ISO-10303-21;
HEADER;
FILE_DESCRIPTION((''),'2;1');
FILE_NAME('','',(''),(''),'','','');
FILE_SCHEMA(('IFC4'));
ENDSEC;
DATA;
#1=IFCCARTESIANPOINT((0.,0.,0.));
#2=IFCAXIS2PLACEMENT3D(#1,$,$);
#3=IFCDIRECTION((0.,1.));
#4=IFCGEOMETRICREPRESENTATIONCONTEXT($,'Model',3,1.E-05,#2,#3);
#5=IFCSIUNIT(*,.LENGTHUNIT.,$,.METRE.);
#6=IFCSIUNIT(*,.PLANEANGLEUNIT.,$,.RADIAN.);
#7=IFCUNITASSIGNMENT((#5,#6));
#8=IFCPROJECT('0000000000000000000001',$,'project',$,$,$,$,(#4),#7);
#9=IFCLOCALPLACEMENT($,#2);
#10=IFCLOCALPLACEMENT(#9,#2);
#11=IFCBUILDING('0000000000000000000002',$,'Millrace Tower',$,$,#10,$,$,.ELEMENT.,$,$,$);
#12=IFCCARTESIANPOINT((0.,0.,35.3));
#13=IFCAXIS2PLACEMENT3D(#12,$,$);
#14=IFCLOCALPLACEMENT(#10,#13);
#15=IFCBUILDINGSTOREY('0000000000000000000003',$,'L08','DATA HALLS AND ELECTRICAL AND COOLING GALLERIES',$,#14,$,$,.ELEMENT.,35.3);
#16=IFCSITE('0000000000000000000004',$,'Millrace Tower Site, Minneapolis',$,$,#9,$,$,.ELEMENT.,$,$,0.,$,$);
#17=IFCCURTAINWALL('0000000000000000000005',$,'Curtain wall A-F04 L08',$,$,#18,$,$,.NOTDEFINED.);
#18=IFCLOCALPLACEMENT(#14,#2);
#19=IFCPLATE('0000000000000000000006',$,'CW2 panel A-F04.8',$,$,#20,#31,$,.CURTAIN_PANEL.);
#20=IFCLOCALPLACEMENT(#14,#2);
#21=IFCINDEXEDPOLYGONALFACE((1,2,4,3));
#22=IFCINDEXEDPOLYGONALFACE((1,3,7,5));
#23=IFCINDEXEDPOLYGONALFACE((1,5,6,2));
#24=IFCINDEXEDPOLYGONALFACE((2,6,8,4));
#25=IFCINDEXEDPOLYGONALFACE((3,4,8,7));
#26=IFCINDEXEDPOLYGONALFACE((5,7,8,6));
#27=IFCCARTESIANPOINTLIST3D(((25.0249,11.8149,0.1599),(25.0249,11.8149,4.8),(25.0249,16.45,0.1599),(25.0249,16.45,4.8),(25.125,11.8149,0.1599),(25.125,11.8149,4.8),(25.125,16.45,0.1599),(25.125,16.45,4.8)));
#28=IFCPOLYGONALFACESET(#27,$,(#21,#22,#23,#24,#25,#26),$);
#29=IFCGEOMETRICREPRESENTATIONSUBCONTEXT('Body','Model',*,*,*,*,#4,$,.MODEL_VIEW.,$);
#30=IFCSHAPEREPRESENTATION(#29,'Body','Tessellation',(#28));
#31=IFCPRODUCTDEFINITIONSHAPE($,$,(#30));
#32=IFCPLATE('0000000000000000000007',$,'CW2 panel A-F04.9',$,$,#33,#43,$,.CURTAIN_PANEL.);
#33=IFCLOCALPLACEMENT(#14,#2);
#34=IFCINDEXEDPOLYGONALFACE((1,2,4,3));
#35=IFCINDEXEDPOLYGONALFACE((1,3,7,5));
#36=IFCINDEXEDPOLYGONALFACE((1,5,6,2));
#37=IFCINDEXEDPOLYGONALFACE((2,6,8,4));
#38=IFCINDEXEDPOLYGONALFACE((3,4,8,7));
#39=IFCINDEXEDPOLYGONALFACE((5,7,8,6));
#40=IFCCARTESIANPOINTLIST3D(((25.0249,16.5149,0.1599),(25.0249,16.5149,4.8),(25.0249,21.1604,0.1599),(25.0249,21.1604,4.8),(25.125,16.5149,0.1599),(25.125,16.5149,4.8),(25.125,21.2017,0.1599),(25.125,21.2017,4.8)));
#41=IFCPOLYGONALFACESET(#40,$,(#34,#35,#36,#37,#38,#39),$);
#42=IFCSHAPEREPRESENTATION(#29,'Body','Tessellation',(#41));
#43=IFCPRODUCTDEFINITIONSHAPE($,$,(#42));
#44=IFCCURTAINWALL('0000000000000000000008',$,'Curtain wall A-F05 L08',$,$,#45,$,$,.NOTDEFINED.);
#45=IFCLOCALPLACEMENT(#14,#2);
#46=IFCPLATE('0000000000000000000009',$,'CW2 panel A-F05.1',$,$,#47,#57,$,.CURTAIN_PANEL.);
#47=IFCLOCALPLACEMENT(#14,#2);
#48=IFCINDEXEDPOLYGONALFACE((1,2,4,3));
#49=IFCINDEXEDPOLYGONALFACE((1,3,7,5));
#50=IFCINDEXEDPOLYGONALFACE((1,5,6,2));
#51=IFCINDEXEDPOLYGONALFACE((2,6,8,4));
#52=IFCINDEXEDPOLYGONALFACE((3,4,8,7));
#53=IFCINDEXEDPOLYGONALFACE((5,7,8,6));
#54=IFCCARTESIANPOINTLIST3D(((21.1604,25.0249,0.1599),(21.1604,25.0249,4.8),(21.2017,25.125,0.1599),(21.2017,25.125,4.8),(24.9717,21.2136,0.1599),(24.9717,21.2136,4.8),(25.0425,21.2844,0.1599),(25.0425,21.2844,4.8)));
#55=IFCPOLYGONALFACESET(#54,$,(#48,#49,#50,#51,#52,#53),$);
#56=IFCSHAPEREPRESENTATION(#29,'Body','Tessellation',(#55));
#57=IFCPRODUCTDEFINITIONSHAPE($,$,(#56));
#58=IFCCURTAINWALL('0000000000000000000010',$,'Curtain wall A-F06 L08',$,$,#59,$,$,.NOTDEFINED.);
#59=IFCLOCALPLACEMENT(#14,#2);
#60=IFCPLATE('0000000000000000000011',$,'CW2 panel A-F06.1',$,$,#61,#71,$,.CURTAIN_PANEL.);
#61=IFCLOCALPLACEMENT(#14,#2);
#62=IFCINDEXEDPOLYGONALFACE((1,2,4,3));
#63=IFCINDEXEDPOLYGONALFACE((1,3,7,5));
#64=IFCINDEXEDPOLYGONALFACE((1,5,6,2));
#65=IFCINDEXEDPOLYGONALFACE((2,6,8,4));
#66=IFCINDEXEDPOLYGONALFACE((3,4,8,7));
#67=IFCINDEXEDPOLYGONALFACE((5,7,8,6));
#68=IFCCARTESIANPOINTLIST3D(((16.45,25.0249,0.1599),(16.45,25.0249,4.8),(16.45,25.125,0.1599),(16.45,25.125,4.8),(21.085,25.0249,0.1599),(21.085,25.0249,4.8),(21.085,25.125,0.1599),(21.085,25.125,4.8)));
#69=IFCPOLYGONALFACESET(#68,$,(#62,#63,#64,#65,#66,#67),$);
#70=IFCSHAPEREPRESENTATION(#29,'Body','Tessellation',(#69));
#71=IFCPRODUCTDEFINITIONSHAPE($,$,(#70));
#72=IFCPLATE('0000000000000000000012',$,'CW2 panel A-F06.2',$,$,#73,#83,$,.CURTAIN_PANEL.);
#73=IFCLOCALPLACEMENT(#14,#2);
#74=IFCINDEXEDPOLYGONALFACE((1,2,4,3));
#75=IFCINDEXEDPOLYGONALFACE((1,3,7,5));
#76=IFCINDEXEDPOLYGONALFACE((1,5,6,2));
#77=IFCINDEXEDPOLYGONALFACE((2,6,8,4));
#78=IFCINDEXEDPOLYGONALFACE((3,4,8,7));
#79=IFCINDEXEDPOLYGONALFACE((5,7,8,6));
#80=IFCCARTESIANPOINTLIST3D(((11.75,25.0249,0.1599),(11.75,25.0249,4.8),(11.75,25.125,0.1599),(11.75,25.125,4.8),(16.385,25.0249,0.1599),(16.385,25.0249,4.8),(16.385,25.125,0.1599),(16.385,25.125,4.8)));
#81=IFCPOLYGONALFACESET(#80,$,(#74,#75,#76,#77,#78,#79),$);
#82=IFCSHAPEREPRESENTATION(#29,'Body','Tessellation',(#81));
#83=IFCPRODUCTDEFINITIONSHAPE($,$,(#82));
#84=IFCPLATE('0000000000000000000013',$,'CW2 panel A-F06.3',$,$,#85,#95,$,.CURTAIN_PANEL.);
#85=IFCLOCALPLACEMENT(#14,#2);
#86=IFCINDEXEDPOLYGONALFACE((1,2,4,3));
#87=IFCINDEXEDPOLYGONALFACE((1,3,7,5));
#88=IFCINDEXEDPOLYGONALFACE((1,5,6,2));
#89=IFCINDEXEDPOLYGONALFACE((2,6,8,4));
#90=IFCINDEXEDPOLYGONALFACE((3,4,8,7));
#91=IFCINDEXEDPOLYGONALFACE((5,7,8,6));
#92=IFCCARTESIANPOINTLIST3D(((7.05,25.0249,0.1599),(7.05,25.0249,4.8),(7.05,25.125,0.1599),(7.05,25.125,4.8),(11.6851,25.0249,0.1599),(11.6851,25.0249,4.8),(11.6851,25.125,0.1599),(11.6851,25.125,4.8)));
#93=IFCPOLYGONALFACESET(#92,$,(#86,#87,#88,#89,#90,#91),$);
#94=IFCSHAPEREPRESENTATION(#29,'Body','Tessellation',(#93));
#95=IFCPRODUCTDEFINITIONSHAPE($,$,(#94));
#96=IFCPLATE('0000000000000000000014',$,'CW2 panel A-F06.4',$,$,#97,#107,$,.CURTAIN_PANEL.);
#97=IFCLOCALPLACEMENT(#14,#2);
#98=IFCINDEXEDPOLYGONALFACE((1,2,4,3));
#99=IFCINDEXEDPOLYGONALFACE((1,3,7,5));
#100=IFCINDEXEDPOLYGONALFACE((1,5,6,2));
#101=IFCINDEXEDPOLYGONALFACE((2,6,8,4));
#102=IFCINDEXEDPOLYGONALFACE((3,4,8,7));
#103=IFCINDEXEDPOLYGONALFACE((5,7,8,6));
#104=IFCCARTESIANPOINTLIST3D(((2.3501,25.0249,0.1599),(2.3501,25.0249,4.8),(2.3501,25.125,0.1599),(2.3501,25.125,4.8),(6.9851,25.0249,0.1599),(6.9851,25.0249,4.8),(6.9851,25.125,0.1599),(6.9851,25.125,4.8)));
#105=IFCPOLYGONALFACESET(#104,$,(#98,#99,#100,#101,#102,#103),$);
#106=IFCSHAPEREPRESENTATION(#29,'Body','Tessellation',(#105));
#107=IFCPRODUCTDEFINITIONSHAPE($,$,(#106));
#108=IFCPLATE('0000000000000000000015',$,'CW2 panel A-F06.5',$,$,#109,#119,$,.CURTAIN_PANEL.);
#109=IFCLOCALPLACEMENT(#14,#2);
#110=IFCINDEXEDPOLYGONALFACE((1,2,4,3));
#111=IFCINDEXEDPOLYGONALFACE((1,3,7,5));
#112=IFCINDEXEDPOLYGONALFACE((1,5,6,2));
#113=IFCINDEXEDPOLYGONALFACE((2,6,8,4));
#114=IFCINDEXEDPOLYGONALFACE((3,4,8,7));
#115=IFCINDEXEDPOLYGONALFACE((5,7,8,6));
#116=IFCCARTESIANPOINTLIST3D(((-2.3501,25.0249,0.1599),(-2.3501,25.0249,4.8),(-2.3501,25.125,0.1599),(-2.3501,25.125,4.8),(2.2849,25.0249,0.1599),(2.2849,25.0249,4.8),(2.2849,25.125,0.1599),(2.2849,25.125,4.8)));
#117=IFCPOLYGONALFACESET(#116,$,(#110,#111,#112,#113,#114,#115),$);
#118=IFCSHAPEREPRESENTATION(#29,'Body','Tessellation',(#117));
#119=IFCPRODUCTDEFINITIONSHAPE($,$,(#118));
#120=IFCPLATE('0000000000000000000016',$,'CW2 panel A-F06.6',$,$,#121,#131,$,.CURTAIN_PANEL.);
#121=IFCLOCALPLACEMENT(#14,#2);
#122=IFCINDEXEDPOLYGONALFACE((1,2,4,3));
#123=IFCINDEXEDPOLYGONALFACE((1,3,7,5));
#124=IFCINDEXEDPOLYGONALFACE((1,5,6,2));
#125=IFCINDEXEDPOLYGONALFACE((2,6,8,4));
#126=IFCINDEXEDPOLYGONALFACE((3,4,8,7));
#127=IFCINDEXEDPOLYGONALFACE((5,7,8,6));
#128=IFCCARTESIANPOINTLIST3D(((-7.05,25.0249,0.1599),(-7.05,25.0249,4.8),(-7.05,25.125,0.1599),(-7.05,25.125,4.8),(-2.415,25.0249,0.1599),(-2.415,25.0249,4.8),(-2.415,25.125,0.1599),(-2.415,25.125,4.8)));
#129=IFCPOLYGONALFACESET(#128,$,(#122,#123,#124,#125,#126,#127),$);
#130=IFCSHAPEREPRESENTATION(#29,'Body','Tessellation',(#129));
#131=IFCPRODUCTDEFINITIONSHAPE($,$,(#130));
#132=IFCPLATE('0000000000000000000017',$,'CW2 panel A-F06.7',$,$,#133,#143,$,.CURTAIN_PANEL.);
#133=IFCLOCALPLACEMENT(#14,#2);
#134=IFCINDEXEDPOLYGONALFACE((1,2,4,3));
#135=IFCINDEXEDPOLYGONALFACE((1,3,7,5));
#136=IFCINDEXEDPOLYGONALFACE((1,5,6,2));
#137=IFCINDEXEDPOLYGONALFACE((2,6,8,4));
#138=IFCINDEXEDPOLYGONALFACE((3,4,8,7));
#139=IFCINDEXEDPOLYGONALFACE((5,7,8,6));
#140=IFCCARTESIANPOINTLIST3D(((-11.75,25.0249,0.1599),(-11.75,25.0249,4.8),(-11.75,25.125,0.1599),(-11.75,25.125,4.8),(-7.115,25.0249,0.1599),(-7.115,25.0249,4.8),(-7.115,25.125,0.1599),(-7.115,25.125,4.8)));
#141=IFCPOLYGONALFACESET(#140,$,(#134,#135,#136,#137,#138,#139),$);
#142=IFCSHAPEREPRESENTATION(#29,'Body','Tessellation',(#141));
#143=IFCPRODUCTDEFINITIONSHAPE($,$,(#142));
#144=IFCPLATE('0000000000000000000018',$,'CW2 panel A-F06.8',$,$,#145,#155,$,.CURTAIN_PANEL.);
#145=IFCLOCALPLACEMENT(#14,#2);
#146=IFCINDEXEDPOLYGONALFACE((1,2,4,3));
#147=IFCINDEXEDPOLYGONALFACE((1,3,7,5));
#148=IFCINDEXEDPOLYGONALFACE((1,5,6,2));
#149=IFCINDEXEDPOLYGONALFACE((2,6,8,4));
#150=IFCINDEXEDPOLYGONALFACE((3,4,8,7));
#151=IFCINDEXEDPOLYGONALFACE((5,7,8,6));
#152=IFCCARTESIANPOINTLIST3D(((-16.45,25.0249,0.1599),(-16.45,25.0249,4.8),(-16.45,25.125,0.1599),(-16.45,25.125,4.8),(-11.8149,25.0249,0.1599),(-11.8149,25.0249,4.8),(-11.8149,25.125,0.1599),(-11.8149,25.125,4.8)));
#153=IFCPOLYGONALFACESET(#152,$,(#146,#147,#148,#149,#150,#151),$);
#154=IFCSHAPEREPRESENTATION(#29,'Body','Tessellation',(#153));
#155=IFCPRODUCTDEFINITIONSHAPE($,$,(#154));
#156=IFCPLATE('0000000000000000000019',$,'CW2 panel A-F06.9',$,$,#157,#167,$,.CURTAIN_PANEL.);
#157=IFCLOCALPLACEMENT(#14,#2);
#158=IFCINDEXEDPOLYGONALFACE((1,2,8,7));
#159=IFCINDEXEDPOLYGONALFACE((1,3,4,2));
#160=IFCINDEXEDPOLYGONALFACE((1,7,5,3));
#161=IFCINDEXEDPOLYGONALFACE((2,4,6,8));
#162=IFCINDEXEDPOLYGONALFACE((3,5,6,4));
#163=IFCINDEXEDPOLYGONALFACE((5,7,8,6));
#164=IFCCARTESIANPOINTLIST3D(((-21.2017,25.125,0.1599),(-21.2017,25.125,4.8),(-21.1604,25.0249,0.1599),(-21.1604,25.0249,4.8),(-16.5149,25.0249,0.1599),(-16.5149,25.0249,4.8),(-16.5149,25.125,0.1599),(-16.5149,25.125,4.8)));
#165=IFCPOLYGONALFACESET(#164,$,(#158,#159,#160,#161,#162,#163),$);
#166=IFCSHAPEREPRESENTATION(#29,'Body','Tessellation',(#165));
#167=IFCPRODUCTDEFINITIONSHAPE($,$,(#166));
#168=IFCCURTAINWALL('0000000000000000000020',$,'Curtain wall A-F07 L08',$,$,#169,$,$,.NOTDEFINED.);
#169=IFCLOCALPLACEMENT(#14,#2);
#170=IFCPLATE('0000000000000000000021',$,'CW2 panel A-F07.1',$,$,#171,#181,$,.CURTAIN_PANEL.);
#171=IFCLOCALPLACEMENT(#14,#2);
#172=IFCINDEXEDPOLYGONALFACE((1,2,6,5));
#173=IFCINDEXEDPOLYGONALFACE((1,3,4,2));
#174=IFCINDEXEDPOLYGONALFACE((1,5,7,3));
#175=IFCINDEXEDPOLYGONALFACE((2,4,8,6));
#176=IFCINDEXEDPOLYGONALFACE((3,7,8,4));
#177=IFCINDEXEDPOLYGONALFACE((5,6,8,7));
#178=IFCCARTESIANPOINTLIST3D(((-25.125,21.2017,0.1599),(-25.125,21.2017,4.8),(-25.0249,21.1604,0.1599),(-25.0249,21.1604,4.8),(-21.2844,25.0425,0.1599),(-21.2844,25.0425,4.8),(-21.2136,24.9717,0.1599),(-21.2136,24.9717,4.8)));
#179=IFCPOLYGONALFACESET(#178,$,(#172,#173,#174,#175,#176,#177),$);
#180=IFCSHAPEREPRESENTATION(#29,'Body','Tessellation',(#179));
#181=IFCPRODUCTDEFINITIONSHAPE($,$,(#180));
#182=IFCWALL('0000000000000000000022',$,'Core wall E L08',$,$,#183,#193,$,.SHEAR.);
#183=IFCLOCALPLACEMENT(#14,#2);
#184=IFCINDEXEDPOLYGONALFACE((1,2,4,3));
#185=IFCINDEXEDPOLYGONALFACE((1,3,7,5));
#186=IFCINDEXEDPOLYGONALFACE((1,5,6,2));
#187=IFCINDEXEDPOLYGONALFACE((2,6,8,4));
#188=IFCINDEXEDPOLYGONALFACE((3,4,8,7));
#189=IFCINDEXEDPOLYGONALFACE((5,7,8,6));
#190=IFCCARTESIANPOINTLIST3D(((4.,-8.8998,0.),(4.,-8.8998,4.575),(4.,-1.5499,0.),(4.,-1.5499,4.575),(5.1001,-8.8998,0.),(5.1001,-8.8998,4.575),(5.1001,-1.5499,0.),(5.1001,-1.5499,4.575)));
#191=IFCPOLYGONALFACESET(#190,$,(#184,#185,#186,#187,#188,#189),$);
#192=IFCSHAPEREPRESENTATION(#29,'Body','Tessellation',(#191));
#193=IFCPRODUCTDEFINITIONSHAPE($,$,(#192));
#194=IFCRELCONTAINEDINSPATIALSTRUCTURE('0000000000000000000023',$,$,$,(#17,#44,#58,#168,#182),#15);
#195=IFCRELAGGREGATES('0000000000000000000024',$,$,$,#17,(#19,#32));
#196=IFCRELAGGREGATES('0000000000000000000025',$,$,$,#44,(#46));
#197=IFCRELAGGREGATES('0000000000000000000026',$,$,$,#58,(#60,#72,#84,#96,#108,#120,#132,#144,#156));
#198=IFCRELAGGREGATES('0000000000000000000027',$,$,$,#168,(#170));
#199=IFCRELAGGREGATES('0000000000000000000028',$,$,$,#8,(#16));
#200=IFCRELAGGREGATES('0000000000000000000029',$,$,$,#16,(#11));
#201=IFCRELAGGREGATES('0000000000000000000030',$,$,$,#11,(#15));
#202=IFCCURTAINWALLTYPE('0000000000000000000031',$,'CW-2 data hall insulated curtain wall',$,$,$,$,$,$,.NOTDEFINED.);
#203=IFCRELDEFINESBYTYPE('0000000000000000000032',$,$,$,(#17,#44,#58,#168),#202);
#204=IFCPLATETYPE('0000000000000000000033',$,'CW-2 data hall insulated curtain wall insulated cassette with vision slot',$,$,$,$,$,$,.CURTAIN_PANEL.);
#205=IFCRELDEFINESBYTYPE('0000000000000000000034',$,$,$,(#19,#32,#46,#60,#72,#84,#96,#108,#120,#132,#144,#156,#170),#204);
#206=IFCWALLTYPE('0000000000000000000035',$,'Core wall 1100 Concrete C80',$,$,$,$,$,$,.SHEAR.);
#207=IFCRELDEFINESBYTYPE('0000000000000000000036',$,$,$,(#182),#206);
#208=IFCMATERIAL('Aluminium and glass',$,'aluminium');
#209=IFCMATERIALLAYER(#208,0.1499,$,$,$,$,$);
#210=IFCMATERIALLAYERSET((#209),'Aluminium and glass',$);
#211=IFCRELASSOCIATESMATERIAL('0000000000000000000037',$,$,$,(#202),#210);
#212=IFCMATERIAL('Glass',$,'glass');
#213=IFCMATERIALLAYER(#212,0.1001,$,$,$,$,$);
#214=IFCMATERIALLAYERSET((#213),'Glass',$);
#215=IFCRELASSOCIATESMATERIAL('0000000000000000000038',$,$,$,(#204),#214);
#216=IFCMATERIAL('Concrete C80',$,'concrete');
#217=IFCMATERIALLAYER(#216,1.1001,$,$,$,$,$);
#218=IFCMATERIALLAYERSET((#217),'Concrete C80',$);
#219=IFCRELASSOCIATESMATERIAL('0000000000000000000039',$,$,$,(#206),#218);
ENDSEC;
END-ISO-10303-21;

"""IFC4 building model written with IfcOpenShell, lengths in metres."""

from ifc_helpers import new_model, si_unit, direction, frame, frame_2d, origin, place, context, subcontext, project, spatial, polyline, rectangle, outline, extrude, material, layer, layer_set, type_object, element, aggregate, save


model = new_model("IFC4")

# Units and contexts
model_context = context("Model", 3, precision=1e-05, world=origin(), true_north=direction((0.0, 1.0)))
body_context = subcontext(model_context, "Body", "Model", "MODEL_VIEW")
ifc_project = project(units=[si_unit("LENGTHUNIT", "METRE"), si_unit("PLANEANGLEUNIT", "RADIAN")], contexts=[model_context])

# Site, building, storey
site_placement = place(None, origin())
site = spatial("IfcSite", under=ifc_project, at=site_placement, Name="Millrace Tower Site, Minneapolis", CompositionType="ELEMENT", RefElevation=0.0)
building_placement = place(site_placement, origin())
building = spatial("IfcBuilding", under=site, at=building_placement, Name="Millrace Tower", CompositionType="ELEMENT")
storey_placement = place(building_placement, frame((0.0, 0.0, 35.3)))
storey = spatial("IfcBuildingStorey", under=building, at=storey_placement, Name="L08", Description="DATA HALLS AND ELECTRICAL AND COOLING GALLERIES", CompositionType="ELEMENT", Elevation=35.3)

# Curtain wall, plates
ifc_material_1 = material(Name="Aluminium and glass", Category="aluminium")
ifc_layer_1 = layer(ifc_material_1, 0.1499)
ifc_layer_set_1 = layer_set([ifc_layer_1], Name="Aluminium and glass")
curtain_wall_type = type_object("IfcCurtainWallType", Name="CW-2 data hall insulated curtain wall", PredefinedType="NOTDEFINED", material=ifc_layer_set_1)
placement_1 = place(storey_placement, origin())
curtain_wall_1 = element("IfcCurtainWall", 1, at=placement_1, inside=storey, type_object=curtain_wall_type, Name="Curtain wall A-F04 L08", PredefinedType="NOTDEFINED")
ifc_material_2 = material(Name="Glass", Category="glass")
ifc_layer_2 = layer(ifc_material_2, 0.1001)
ifc_layer_set_2 = layer_set([ifc_layer_2], Name="Glass")
plate_type = type_object("IfcPlateType", Name="CW-2 data hall insulated curtain wall insulated cassette with vision slot", PredefinedType="CURTAIN_PANEL", material=ifc_layer_set_2)
placement_2 = place(storey_placement, frame((0.0, 0.0, 0.1599)))
plate_1 = element("IfcPlate", 2, at=placement_2, type_object=plate_type, Name="CW2 panel A-F04.8", PredefinedType="CURTAIN_PANEL", context=body_context, shape_type="SweptSolid", body=[
    extrude(outline(polyline([(25.125, 11.8149), (25.125, 16.45), (25.0249, 16.45), (25.0249, 11.8149), (25.125, 11.8149)])), origin(), (0.0, 0.0, 1.0), 4.6401),
])
plate_2 = element("IfcPlate", 3, at=placement_2, type_object=plate_type, Name="CW2 panel A-F04.9", PredefinedType="CURTAIN_PANEL", context=body_context, shape_type="SweptSolid", body=[
    extrude(outline(polyline([(25.125, 16.5149), (25.125, 21.2017), (25.0249, 21.1604), (25.0249, 16.5149), (25.125, 16.5149)])), origin(), (0.0, 0.0, 1.0), 4.6401),
])
aggregate(curtain_wall_1, [plate_1, plate_2])

# Curtain wall, plate
curtain_wall_2 = element("IfcCurtainWall", 4, at=placement_1, inside=storey, type_object=curtain_wall_type, Name="Curtain wall A-F05 L08", PredefinedType="NOTDEFINED")
plate_3 = element("IfcPlate", 5, at=placement_2, type_object=plate_type, Name="CW2 panel A-F05.1", PredefinedType="CURTAIN_PANEL", context=body_context, shape_type="SweptSolid", body=[
    extrude(outline(polyline([(25.0425, 21.2844), (21.2017, 25.125), (21.1604, 25.0249), (24.9717, 21.2136), (25.0425, 21.2844)])), origin(), (0.0, 0.0, 1.0), 4.6401),
])
aggregate(curtain_wall_2, [plate_3])

# Curtain wall, plates
curtain_wall_3 = element("IfcCurtainWall", 6, at=placement_1, inside=storey, type_object=curtain_wall_type, Name="Curtain wall A-F06 L08", PredefinedType="NOTDEFINED")
plate_4 = element("IfcPlate", 7, at=placement_2, type_object=plate_type, Name="CW2 panel A-F06.1", PredefinedType="CURTAIN_PANEL", context=body_context, shape_type="SweptSolid", body=[
    extrude(outline(polyline([(21.085, 25.125), (16.45, 25.125), (16.45, 25.0249), (21.085, 25.0249), (21.085, 25.125)])), origin(), (0.0, 0.0, 1.0), 4.6401),
])
plate_5 = element("IfcPlate", 8, at=placement_2, type_object=plate_type, Name="CW2 panel A-F06.2", PredefinedType="CURTAIN_PANEL", context=body_context, shape_type="SweptSolid", body=[
    extrude(outline(polyline([(16.385, 25.125), (11.75, 25.125), (11.75, 25.0249), (16.385, 25.0249), (16.385, 25.125)])), origin(), (0.0, 0.0, 1.0), 4.6401),
])
plate_6 = element("IfcPlate", 9, at=placement_2, type_object=plate_type, Name="CW2 panel A-F06.3", PredefinedType="CURTAIN_PANEL", context=body_context, shape_type="SweptSolid", body=[
    extrude(outline(polyline([(11.6851, 25.125), (7.05, 25.125), (7.05, 25.0249), (11.6851, 25.0249), (11.6851, 25.125)])), origin(), (0.0, 0.0, 1.0), 4.6401),
])
plate_7 = element("IfcPlate", 10, at=placement_2, type_object=plate_type, Name="CW2 panel A-F06.4", PredefinedType="CURTAIN_PANEL", context=body_context, shape_type="SweptSolid", body=[
    extrude(outline(polyline([(6.9851, 25.125), (2.3501, 25.125), (2.3501, 25.0249), (6.9851, 25.0249), (6.9851, 25.125)])), origin(), (0.0, 0.0, 1.0), 4.6401),
])
plate_8 = element("IfcPlate", 11, at=placement_2, type_object=plate_type, Name="CW2 panel A-F06.5", PredefinedType="CURTAIN_PANEL", context=body_context, shape_type="SweptSolid", body=[
    extrude(outline(polyline([(2.2849, 25.125), (-2.3501, 25.125), (-2.3501, 25.0249), (2.2849, 25.0249), (2.2849, 25.125)])), origin(), (0.0, 0.0, 1.0), 4.6401),
])
plate_9 = element("IfcPlate", 12, at=placement_2, type_object=plate_type, Name="CW2 panel A-F06.6", PredefinedType="CURTAIN_PANEL", context=body_context, shape_type="SweptSolid", body=[
    extrude(outline(polyline([(-2.415, 25.125), (-7.05, 25.125), (-7.05, 25.0249), (-2.415, 25.0249), (-2.415, 25.125)])), origin(), (0.0, 0.0, 1.0), 4.6401),
])
plate_10 = element("IfcPlate", 13, at=placement_2, type_object=plate_type, Name="CW2 panel A-F06.7", PredefinedType="CURTAIN_PANEL", context=body_context, shape_type="SweptSolid", body=[
    extrude(outline(polyline([(-7.115, 25.125), (-11.75, 25.125), (-11.75, 25.0249), (-7.115, 25.0249), (-7.115, 25.125)])), origin(), (0.0, 0.0, 1.0), 4.6401),
])
plate_11 = element("IfcPlate", 14, at=placement_2, type_object=plate_type, Name="CW2 panel A-F06.8", PredefinedType="CURTAIN_PANEL", context=body_context, shape_type="SweptSolid", body=[
    extrude(outline(polyline([(-11.8149, 25.125), (-16.45, 25.125), (-16.45, 25.0249), (-11.8149, 25.0249), (-11.8149, 25.125)])), origin(), (0.0, 0.0, 1.0), 4.6401),
])
plate_12 = element("IfcPlate", 15, at=placement_2, type_object=plate_type, Name="CW2 panel A-F06.9", PredefinedType="CURTAIN_PANEL", context=body_context, shape_type="SweptSolid", body=[
    extrude(outline(polyline([(-16.5149, 25.125), (-21.2017, 25.125), (-21.1604, 25.0249), (-16.5149, 25.0249), (-16.5149, 25.125)])), origin(), (0.0, 0.0, 1.0), 4.6401),
])
aggregate(curtain_wall_3, [plate_4, plate_5, plate_6, plate_7, plate_8, plate_9, plate_10, plate_11, plate_12])

# Curtain wall, plate
curtain_wall_4 = element("IfcCurtainWall", 16, at=placement_1, inside=storey, type_object=curtain_wall_type, Name="Curtain wall A-F07 L08", PredefinedType="NOTDEFINED")
plate_13 = element("IfcPlate", 17, at=placement_2, type_object=plate_type, Name="CW2 panel A-F07.1", PredefinedType="CURTAIN_PANEL", context=body_context, shape_type="SweptSolid", body=[
    extrude(outline(polyline([(-21.2844, 25.0425), (-25.125, 21.2017), (-25.0249, 21.1604), (-21.2136, 24.9717), (-21.2844, 25.0425)])), origin(), (0.0, 0.0, 1.0), 4.6401),
])
aggregate(curtain_wall_4, [plate_13])

# Wall
ifc_material_3 = material(Name="Concrete C80", Category="concrete")
ifc_layer_3 = layer(ifc_material_3, 1.1001)
ifc_layer_set_3 = layer_set([ifc_layer_3], Name="Concrete C80")
wall_type_1 = type_object("IfcWallType", Name="Core wall 1100 Concrete C80", PredefinedType="SHEAR", material=ifc_layer_set_3)
wall_1_placement = place(storey_placement, frame((4.55, -1.55, 0.0), z_axis=(0.0, 0.0, 1.0), x_axis=(0.0, -1.0, 0.0)))
element("IfcWall", 18, at=wall_1_placement, inside=storey, type_object=wall_type_1, Name="Core wall E L08", PredefinedType="SHEAR", context=body_context, shape_type="SweptSolid", body=[
    extrude(rectangle(XDim=7.3499, YDim=1.1001, at=frame_2d((3.6748, 0.0))), origin(), (0.0, 0.0, 1.0), 4.575),
])

save(model, "model.ifc")
